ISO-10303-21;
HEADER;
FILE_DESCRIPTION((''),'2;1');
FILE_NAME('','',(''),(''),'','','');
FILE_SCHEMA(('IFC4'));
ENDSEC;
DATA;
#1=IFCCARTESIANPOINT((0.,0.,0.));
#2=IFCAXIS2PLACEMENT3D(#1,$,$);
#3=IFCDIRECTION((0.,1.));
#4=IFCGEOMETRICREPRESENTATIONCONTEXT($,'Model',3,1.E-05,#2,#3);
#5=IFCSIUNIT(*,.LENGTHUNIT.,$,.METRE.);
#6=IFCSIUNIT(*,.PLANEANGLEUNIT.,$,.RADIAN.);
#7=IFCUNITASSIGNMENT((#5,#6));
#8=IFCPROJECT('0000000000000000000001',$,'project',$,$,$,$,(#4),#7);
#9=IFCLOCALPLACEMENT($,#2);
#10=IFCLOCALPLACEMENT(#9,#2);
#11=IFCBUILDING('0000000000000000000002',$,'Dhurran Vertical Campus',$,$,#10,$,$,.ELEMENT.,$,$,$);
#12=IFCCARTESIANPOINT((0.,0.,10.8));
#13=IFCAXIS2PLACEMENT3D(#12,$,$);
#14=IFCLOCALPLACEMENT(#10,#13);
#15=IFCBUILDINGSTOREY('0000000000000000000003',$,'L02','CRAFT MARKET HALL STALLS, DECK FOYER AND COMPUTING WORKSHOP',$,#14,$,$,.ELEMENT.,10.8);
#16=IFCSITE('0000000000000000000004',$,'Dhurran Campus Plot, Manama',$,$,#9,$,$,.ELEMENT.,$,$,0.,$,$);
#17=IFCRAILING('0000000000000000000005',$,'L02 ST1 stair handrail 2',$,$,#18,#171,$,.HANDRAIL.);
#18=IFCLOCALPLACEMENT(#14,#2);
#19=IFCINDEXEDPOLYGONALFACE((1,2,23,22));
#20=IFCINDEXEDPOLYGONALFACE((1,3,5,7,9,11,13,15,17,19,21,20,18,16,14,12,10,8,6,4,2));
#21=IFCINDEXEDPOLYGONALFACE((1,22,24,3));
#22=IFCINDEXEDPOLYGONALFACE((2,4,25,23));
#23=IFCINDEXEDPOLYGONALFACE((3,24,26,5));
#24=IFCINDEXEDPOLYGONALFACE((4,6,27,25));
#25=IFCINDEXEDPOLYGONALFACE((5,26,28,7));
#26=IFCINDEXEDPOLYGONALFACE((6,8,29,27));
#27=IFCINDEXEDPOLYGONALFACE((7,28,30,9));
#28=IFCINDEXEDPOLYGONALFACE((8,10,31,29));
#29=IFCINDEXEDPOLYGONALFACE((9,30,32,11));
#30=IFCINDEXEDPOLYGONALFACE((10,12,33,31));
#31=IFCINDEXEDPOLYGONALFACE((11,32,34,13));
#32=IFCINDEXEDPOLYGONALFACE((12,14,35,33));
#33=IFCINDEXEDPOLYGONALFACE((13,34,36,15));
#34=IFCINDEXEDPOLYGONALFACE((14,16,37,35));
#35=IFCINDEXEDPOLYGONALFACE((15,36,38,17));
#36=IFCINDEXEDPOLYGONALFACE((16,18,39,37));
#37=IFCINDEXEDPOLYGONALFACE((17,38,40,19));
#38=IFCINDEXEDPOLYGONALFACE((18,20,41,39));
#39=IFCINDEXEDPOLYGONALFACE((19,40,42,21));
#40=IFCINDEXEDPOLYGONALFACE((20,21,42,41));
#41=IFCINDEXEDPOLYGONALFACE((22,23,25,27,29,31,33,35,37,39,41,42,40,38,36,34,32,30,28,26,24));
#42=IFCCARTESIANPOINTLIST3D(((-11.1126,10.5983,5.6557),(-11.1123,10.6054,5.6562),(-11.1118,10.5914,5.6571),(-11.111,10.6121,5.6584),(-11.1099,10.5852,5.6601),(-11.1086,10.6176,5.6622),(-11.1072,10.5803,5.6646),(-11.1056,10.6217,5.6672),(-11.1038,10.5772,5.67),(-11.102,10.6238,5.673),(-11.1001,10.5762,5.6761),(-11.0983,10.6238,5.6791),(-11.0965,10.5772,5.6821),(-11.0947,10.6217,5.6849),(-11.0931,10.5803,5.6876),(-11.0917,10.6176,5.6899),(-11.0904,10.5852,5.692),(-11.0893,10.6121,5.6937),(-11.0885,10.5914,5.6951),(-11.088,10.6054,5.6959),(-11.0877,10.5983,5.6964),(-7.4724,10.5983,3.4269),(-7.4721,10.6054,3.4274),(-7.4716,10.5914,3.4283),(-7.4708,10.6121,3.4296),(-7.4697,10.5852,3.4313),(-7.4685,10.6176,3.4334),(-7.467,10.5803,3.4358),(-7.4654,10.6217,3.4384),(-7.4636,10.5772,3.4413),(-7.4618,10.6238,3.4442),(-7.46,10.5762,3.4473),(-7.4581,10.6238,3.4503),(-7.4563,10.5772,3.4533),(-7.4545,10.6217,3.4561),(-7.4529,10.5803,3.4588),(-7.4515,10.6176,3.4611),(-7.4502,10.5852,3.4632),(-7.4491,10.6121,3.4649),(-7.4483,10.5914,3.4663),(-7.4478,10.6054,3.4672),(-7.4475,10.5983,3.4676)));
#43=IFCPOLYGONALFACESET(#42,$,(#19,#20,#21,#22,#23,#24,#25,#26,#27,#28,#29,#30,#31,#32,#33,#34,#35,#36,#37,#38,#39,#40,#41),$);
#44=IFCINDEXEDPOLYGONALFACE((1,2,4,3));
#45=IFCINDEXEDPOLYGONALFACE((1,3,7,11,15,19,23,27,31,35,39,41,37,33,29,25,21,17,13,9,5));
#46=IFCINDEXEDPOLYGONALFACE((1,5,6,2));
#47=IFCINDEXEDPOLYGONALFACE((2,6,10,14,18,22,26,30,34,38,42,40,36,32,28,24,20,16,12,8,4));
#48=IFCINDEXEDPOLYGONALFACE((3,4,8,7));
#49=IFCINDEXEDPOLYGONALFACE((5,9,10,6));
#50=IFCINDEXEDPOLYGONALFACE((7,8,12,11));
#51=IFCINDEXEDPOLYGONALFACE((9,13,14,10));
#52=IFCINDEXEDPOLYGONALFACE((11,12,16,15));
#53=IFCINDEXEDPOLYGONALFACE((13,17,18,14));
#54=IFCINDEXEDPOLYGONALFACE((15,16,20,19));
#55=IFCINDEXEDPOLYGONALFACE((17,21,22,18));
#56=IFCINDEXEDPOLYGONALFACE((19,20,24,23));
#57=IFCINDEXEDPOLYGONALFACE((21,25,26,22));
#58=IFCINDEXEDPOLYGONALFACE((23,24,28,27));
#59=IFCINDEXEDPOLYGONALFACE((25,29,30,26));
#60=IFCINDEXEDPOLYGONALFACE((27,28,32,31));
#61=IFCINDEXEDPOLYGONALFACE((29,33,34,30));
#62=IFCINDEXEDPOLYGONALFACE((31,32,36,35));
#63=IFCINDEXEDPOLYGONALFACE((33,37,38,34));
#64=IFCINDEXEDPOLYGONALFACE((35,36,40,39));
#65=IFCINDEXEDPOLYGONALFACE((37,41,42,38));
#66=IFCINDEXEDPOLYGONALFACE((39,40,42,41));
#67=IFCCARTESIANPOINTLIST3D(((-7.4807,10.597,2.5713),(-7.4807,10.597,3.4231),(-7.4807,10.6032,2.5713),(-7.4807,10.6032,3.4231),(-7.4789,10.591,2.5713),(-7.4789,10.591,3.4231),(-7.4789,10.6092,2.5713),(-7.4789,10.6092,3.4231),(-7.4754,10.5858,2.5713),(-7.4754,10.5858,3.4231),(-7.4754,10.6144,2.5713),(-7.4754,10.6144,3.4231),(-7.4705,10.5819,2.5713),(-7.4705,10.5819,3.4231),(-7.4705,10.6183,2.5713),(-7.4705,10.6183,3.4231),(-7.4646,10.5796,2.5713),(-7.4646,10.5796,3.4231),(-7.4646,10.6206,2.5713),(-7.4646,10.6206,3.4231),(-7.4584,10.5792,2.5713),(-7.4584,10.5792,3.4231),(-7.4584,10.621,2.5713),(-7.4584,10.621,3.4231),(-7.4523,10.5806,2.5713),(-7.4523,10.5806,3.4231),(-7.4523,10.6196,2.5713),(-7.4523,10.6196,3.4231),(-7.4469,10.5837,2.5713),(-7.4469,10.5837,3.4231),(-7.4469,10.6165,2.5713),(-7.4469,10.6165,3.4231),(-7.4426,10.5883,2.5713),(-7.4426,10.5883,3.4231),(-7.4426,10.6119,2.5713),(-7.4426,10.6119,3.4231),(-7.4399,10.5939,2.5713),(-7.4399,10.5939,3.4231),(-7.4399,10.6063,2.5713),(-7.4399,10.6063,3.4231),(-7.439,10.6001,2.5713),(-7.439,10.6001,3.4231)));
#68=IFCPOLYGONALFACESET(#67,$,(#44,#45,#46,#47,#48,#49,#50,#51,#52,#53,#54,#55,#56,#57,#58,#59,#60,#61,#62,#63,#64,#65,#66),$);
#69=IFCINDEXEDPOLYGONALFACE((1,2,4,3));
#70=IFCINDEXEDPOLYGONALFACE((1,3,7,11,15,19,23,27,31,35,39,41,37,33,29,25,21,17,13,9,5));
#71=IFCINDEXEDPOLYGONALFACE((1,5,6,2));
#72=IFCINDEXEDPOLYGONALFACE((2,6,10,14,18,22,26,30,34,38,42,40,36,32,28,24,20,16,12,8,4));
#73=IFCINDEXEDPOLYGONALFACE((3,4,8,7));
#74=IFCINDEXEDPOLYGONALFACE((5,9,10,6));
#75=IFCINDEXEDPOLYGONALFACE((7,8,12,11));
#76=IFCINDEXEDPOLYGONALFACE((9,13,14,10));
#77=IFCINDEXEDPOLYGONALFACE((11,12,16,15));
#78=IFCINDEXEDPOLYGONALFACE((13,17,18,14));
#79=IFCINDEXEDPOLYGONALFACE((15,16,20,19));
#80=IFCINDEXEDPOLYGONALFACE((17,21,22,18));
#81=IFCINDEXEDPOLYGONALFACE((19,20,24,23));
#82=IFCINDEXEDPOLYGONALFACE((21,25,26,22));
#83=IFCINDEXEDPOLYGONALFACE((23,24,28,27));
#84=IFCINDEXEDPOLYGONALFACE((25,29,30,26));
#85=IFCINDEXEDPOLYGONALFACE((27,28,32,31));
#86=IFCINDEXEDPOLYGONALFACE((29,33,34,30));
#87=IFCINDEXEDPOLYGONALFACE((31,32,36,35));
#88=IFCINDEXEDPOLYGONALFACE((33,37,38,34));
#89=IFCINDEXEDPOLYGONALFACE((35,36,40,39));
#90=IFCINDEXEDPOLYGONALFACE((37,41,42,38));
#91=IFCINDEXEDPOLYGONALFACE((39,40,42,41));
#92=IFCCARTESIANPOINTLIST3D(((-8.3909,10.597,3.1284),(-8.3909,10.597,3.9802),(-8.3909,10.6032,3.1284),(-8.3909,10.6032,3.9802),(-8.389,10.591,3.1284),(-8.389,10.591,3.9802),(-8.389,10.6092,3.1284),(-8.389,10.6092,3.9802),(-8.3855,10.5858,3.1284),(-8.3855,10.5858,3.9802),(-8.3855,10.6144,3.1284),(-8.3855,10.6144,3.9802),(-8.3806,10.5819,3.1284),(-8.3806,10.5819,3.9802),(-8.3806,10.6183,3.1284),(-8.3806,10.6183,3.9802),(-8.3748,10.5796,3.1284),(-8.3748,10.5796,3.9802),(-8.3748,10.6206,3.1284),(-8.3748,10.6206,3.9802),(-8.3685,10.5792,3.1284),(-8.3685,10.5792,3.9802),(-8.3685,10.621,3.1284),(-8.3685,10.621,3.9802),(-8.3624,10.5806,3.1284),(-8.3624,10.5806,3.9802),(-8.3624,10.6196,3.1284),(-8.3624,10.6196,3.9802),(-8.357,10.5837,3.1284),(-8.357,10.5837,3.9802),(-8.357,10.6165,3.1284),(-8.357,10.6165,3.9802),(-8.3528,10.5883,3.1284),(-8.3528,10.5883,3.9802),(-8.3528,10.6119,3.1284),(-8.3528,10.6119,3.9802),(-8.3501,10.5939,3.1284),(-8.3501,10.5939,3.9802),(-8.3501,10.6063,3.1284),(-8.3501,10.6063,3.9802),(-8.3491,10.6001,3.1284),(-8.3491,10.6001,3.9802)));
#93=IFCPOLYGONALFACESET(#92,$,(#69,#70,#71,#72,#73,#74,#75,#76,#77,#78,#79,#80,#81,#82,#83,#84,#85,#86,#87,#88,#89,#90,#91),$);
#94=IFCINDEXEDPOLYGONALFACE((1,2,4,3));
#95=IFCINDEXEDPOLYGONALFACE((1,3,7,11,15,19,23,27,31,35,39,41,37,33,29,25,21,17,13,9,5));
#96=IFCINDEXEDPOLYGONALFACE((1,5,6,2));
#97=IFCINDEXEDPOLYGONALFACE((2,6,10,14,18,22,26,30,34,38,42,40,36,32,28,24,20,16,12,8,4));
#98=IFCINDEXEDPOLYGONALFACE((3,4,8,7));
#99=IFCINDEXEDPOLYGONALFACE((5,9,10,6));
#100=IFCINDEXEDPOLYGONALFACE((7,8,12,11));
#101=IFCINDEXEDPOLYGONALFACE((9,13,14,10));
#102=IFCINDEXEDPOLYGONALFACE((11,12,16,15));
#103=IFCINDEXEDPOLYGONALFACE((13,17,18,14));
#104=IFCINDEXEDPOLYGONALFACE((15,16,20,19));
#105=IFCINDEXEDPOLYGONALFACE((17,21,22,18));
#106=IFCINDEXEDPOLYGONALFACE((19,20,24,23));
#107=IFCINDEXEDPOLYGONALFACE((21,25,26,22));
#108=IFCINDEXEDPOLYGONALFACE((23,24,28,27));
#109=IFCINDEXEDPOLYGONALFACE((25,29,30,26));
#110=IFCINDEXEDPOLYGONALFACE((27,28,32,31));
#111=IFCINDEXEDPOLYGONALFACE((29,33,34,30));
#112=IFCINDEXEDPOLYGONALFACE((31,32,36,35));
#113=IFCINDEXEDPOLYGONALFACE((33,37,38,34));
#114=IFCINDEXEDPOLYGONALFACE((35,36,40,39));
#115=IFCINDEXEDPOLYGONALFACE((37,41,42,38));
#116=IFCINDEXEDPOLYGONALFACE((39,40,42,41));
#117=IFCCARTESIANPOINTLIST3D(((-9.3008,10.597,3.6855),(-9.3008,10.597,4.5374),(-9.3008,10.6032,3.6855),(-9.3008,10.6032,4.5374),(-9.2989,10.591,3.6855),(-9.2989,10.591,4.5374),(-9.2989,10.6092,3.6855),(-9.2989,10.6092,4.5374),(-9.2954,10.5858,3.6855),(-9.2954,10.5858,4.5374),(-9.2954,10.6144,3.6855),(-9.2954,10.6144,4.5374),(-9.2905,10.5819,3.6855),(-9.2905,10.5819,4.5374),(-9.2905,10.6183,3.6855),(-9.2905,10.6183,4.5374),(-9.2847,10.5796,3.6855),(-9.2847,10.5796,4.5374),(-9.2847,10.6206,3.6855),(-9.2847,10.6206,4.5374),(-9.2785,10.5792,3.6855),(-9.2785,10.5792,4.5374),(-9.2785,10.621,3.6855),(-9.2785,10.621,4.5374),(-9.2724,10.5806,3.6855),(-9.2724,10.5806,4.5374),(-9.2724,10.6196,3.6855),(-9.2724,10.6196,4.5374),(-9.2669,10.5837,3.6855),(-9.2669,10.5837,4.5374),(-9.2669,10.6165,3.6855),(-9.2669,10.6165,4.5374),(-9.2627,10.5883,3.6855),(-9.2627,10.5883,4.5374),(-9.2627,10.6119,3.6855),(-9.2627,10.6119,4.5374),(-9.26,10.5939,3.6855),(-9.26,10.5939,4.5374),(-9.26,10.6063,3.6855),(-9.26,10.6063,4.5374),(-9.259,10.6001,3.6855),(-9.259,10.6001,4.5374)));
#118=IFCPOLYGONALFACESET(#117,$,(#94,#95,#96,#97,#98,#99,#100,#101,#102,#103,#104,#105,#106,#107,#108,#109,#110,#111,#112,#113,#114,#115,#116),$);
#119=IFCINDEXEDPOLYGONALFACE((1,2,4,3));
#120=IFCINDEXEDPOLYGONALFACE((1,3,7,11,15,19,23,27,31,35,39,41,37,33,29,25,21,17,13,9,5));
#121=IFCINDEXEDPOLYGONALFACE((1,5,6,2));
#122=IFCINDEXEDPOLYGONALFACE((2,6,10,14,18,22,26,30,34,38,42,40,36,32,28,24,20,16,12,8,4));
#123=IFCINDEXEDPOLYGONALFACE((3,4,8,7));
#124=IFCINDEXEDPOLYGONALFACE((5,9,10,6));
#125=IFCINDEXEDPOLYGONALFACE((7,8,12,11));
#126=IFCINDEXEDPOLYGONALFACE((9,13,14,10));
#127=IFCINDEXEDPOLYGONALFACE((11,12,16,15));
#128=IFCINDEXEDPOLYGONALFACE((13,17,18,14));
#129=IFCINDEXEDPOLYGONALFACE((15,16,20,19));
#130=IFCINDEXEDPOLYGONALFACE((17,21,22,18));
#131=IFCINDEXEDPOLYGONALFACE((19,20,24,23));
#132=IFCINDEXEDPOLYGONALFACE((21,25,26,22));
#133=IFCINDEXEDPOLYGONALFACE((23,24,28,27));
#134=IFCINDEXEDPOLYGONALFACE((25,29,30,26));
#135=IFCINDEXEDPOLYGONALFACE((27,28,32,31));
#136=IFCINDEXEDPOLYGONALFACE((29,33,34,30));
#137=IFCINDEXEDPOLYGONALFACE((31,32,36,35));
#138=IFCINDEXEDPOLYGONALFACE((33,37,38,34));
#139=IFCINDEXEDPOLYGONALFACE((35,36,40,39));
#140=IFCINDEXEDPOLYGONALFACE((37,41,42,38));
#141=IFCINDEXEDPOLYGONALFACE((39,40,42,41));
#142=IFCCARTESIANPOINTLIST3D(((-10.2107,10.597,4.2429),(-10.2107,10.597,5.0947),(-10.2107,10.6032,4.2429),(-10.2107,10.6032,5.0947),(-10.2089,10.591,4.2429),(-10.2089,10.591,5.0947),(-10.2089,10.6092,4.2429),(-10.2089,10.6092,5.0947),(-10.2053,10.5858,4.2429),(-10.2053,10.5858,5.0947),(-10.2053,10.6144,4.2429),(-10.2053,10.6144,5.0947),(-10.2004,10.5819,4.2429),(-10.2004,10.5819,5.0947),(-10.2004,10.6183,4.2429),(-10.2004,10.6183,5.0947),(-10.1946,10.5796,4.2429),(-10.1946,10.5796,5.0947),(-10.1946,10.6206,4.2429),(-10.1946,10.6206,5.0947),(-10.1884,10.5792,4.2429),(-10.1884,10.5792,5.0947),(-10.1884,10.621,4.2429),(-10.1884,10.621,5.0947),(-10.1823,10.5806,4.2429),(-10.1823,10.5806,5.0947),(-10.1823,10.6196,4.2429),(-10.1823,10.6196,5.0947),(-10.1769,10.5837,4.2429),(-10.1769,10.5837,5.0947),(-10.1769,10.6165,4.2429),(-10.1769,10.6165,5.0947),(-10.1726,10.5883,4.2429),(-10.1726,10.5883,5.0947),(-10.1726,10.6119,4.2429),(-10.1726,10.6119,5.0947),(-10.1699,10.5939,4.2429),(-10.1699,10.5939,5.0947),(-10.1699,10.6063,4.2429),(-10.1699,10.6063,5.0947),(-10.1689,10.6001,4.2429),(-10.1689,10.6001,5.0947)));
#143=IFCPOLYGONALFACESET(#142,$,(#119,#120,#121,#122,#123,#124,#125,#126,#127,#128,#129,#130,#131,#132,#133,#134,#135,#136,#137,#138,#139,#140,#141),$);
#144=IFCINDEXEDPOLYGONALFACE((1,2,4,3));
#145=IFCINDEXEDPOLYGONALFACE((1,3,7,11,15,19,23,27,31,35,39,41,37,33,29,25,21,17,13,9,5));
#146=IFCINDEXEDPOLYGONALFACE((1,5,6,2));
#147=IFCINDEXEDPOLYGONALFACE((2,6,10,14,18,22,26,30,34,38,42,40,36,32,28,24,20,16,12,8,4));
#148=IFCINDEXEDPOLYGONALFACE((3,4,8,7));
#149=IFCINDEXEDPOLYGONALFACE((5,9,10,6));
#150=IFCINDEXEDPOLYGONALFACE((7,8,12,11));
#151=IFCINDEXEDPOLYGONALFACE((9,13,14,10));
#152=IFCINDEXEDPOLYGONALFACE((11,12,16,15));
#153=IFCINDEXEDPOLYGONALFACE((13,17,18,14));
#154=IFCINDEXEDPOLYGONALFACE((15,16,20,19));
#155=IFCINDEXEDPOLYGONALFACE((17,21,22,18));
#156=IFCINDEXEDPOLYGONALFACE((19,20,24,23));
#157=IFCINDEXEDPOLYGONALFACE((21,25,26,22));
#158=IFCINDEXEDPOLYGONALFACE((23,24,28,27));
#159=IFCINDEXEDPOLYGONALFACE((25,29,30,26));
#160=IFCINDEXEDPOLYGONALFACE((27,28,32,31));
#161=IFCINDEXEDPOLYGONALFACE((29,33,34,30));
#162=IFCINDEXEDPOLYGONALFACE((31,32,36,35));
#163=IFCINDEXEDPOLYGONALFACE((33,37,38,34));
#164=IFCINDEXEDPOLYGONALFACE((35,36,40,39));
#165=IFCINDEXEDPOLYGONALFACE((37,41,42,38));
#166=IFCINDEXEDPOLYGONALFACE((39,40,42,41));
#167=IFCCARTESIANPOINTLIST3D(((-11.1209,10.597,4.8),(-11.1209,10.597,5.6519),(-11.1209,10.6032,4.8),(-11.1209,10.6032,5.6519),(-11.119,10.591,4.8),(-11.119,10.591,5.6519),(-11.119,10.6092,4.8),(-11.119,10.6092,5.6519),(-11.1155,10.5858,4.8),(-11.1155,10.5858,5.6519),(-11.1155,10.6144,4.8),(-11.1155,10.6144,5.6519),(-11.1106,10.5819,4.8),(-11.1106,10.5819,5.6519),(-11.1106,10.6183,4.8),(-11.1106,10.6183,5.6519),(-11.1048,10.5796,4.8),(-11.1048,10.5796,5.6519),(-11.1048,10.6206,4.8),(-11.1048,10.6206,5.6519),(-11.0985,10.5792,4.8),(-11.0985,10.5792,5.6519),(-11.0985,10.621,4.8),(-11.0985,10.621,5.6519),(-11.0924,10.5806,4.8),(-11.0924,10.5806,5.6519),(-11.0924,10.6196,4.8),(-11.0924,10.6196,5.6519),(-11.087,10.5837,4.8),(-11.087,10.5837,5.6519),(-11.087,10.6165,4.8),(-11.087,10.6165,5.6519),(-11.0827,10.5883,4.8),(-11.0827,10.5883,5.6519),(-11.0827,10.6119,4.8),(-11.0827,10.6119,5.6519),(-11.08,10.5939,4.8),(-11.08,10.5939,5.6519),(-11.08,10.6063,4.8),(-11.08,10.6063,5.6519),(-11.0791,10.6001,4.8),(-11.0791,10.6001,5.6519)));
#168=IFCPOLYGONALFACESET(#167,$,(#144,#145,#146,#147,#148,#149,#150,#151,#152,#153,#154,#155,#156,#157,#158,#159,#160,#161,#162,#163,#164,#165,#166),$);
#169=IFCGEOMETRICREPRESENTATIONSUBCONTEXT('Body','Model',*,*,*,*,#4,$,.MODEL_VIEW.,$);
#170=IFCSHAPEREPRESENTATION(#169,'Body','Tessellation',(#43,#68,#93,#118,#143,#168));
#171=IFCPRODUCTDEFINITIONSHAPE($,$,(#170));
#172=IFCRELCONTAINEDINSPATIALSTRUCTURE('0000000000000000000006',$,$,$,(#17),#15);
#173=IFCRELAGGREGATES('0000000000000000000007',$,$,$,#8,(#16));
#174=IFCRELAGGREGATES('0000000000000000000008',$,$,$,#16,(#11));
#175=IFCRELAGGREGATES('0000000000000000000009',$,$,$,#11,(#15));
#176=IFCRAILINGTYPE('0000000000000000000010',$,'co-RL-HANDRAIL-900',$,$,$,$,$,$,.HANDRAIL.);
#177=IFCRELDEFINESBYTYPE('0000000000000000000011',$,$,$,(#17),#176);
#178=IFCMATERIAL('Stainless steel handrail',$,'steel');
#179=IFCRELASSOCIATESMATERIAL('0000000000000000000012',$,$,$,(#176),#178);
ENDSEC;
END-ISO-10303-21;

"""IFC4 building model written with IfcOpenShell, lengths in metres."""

from ifc_helpers import new_model, si_unit, direction, frame, origin, origin_2d, place, context, subcontext, project, spatial, circle, extrude, material, type_object, element, save


model = new_model("IFC4")

# Units and contexts
model_context = context("Model", 3, precision=1e-05, world=origin(), true_north=direction((0.0, 1.0)))
body_context = subcontext(model_context, "Body", "Model", "MODEL_VIEW")
ifc_project = project(units=[si_unit("LENGTHUNIT", "METRE"), si_unit("PLANEANGLEUNIT", "RADIAN")], contexts=[model_context])

# Site, building, storey
site_placement = place(None, origin())
site = spatial("IfcSite", under=ifc_project, at=site_placement, Name="Dhurran Campus Plot, Manama", CompositionType="ELEMENT", RefElevation=0.0)
building_placement = place(site_placement, origin())
building = spatial("IfcBuilding", under=site, at=building_placement, Name="Dhurran Vertical Campus", CompositionType="ELEMENT")
storey_placement = place(building_placement, frame((0.0, 0.0, 10.8)))
storey = spatial("IfcBuildingStorey", under=building, at=storey_placement, Name="L02", Description="CRAFT MARKET HALL STALLS, DECK FOYER AND COMPUTING WORKSHOP", CompositionType="ELEMENT", Elevation=10.8)

# Railing
ifc_material_1 = material(Name="Stainless steel handrail", Category="steel")
railing_type = type_object("IfcRailingType", Name="co-RL-HANDRAIL-900", PredefinedType="HANDRAIL", material=ifc_material_1)
railing_placement = place(storey_placement, frame((-7.46, 10.6001, 2.5713)))
element("IfcRailing", 1, at=railing_placement, inside=storey, type_object=railing_type, Name="L02 ST1 stair handrail 2", PredefinedType="HANDRAIL", context=body_context, shape_type="SweptSolid", body=[
    extrude(circle(Radius=0.0239, at=origin_2d()), frame((0.0, 0.0, 0.876), z_axis=(-0.85284, 0.0, 0.522172), x_axis=(0.0, -1.0, 0.0)), (0.0, 0.0, 1.0), 4.2683),
    extrude(circle(Radius=0.021, at=origin_2d()), origin(), (0.0, 0.0, 1.0), 0.8518),
    extrude(circle(Radius=0.021, at=origin_2d()), frame((-0.9102, 0.0, 0.5571)), (0.0, 0.0, 1.0), 0.8518),
    extrude(circle(Radius=0.021, at=origin_2d()), frame((-1.8201, 0.0, 1.1143)), (0.0, 0.0, 1.0), 0.8518),
    extrude(circle(Radius=0.021, at=origin_2d()), frame((-2.73, 0.0, 1.6716)), (0.0, 0.0, 1.0), 0.8518),
    extrude(circle(Radius=0.021, at=origin_2d()), frame((-3.6401, 0.0, 2.2288)), (0.0, 0.0, 1.0), 0.8518),
])

save(model, "model.ifc")
